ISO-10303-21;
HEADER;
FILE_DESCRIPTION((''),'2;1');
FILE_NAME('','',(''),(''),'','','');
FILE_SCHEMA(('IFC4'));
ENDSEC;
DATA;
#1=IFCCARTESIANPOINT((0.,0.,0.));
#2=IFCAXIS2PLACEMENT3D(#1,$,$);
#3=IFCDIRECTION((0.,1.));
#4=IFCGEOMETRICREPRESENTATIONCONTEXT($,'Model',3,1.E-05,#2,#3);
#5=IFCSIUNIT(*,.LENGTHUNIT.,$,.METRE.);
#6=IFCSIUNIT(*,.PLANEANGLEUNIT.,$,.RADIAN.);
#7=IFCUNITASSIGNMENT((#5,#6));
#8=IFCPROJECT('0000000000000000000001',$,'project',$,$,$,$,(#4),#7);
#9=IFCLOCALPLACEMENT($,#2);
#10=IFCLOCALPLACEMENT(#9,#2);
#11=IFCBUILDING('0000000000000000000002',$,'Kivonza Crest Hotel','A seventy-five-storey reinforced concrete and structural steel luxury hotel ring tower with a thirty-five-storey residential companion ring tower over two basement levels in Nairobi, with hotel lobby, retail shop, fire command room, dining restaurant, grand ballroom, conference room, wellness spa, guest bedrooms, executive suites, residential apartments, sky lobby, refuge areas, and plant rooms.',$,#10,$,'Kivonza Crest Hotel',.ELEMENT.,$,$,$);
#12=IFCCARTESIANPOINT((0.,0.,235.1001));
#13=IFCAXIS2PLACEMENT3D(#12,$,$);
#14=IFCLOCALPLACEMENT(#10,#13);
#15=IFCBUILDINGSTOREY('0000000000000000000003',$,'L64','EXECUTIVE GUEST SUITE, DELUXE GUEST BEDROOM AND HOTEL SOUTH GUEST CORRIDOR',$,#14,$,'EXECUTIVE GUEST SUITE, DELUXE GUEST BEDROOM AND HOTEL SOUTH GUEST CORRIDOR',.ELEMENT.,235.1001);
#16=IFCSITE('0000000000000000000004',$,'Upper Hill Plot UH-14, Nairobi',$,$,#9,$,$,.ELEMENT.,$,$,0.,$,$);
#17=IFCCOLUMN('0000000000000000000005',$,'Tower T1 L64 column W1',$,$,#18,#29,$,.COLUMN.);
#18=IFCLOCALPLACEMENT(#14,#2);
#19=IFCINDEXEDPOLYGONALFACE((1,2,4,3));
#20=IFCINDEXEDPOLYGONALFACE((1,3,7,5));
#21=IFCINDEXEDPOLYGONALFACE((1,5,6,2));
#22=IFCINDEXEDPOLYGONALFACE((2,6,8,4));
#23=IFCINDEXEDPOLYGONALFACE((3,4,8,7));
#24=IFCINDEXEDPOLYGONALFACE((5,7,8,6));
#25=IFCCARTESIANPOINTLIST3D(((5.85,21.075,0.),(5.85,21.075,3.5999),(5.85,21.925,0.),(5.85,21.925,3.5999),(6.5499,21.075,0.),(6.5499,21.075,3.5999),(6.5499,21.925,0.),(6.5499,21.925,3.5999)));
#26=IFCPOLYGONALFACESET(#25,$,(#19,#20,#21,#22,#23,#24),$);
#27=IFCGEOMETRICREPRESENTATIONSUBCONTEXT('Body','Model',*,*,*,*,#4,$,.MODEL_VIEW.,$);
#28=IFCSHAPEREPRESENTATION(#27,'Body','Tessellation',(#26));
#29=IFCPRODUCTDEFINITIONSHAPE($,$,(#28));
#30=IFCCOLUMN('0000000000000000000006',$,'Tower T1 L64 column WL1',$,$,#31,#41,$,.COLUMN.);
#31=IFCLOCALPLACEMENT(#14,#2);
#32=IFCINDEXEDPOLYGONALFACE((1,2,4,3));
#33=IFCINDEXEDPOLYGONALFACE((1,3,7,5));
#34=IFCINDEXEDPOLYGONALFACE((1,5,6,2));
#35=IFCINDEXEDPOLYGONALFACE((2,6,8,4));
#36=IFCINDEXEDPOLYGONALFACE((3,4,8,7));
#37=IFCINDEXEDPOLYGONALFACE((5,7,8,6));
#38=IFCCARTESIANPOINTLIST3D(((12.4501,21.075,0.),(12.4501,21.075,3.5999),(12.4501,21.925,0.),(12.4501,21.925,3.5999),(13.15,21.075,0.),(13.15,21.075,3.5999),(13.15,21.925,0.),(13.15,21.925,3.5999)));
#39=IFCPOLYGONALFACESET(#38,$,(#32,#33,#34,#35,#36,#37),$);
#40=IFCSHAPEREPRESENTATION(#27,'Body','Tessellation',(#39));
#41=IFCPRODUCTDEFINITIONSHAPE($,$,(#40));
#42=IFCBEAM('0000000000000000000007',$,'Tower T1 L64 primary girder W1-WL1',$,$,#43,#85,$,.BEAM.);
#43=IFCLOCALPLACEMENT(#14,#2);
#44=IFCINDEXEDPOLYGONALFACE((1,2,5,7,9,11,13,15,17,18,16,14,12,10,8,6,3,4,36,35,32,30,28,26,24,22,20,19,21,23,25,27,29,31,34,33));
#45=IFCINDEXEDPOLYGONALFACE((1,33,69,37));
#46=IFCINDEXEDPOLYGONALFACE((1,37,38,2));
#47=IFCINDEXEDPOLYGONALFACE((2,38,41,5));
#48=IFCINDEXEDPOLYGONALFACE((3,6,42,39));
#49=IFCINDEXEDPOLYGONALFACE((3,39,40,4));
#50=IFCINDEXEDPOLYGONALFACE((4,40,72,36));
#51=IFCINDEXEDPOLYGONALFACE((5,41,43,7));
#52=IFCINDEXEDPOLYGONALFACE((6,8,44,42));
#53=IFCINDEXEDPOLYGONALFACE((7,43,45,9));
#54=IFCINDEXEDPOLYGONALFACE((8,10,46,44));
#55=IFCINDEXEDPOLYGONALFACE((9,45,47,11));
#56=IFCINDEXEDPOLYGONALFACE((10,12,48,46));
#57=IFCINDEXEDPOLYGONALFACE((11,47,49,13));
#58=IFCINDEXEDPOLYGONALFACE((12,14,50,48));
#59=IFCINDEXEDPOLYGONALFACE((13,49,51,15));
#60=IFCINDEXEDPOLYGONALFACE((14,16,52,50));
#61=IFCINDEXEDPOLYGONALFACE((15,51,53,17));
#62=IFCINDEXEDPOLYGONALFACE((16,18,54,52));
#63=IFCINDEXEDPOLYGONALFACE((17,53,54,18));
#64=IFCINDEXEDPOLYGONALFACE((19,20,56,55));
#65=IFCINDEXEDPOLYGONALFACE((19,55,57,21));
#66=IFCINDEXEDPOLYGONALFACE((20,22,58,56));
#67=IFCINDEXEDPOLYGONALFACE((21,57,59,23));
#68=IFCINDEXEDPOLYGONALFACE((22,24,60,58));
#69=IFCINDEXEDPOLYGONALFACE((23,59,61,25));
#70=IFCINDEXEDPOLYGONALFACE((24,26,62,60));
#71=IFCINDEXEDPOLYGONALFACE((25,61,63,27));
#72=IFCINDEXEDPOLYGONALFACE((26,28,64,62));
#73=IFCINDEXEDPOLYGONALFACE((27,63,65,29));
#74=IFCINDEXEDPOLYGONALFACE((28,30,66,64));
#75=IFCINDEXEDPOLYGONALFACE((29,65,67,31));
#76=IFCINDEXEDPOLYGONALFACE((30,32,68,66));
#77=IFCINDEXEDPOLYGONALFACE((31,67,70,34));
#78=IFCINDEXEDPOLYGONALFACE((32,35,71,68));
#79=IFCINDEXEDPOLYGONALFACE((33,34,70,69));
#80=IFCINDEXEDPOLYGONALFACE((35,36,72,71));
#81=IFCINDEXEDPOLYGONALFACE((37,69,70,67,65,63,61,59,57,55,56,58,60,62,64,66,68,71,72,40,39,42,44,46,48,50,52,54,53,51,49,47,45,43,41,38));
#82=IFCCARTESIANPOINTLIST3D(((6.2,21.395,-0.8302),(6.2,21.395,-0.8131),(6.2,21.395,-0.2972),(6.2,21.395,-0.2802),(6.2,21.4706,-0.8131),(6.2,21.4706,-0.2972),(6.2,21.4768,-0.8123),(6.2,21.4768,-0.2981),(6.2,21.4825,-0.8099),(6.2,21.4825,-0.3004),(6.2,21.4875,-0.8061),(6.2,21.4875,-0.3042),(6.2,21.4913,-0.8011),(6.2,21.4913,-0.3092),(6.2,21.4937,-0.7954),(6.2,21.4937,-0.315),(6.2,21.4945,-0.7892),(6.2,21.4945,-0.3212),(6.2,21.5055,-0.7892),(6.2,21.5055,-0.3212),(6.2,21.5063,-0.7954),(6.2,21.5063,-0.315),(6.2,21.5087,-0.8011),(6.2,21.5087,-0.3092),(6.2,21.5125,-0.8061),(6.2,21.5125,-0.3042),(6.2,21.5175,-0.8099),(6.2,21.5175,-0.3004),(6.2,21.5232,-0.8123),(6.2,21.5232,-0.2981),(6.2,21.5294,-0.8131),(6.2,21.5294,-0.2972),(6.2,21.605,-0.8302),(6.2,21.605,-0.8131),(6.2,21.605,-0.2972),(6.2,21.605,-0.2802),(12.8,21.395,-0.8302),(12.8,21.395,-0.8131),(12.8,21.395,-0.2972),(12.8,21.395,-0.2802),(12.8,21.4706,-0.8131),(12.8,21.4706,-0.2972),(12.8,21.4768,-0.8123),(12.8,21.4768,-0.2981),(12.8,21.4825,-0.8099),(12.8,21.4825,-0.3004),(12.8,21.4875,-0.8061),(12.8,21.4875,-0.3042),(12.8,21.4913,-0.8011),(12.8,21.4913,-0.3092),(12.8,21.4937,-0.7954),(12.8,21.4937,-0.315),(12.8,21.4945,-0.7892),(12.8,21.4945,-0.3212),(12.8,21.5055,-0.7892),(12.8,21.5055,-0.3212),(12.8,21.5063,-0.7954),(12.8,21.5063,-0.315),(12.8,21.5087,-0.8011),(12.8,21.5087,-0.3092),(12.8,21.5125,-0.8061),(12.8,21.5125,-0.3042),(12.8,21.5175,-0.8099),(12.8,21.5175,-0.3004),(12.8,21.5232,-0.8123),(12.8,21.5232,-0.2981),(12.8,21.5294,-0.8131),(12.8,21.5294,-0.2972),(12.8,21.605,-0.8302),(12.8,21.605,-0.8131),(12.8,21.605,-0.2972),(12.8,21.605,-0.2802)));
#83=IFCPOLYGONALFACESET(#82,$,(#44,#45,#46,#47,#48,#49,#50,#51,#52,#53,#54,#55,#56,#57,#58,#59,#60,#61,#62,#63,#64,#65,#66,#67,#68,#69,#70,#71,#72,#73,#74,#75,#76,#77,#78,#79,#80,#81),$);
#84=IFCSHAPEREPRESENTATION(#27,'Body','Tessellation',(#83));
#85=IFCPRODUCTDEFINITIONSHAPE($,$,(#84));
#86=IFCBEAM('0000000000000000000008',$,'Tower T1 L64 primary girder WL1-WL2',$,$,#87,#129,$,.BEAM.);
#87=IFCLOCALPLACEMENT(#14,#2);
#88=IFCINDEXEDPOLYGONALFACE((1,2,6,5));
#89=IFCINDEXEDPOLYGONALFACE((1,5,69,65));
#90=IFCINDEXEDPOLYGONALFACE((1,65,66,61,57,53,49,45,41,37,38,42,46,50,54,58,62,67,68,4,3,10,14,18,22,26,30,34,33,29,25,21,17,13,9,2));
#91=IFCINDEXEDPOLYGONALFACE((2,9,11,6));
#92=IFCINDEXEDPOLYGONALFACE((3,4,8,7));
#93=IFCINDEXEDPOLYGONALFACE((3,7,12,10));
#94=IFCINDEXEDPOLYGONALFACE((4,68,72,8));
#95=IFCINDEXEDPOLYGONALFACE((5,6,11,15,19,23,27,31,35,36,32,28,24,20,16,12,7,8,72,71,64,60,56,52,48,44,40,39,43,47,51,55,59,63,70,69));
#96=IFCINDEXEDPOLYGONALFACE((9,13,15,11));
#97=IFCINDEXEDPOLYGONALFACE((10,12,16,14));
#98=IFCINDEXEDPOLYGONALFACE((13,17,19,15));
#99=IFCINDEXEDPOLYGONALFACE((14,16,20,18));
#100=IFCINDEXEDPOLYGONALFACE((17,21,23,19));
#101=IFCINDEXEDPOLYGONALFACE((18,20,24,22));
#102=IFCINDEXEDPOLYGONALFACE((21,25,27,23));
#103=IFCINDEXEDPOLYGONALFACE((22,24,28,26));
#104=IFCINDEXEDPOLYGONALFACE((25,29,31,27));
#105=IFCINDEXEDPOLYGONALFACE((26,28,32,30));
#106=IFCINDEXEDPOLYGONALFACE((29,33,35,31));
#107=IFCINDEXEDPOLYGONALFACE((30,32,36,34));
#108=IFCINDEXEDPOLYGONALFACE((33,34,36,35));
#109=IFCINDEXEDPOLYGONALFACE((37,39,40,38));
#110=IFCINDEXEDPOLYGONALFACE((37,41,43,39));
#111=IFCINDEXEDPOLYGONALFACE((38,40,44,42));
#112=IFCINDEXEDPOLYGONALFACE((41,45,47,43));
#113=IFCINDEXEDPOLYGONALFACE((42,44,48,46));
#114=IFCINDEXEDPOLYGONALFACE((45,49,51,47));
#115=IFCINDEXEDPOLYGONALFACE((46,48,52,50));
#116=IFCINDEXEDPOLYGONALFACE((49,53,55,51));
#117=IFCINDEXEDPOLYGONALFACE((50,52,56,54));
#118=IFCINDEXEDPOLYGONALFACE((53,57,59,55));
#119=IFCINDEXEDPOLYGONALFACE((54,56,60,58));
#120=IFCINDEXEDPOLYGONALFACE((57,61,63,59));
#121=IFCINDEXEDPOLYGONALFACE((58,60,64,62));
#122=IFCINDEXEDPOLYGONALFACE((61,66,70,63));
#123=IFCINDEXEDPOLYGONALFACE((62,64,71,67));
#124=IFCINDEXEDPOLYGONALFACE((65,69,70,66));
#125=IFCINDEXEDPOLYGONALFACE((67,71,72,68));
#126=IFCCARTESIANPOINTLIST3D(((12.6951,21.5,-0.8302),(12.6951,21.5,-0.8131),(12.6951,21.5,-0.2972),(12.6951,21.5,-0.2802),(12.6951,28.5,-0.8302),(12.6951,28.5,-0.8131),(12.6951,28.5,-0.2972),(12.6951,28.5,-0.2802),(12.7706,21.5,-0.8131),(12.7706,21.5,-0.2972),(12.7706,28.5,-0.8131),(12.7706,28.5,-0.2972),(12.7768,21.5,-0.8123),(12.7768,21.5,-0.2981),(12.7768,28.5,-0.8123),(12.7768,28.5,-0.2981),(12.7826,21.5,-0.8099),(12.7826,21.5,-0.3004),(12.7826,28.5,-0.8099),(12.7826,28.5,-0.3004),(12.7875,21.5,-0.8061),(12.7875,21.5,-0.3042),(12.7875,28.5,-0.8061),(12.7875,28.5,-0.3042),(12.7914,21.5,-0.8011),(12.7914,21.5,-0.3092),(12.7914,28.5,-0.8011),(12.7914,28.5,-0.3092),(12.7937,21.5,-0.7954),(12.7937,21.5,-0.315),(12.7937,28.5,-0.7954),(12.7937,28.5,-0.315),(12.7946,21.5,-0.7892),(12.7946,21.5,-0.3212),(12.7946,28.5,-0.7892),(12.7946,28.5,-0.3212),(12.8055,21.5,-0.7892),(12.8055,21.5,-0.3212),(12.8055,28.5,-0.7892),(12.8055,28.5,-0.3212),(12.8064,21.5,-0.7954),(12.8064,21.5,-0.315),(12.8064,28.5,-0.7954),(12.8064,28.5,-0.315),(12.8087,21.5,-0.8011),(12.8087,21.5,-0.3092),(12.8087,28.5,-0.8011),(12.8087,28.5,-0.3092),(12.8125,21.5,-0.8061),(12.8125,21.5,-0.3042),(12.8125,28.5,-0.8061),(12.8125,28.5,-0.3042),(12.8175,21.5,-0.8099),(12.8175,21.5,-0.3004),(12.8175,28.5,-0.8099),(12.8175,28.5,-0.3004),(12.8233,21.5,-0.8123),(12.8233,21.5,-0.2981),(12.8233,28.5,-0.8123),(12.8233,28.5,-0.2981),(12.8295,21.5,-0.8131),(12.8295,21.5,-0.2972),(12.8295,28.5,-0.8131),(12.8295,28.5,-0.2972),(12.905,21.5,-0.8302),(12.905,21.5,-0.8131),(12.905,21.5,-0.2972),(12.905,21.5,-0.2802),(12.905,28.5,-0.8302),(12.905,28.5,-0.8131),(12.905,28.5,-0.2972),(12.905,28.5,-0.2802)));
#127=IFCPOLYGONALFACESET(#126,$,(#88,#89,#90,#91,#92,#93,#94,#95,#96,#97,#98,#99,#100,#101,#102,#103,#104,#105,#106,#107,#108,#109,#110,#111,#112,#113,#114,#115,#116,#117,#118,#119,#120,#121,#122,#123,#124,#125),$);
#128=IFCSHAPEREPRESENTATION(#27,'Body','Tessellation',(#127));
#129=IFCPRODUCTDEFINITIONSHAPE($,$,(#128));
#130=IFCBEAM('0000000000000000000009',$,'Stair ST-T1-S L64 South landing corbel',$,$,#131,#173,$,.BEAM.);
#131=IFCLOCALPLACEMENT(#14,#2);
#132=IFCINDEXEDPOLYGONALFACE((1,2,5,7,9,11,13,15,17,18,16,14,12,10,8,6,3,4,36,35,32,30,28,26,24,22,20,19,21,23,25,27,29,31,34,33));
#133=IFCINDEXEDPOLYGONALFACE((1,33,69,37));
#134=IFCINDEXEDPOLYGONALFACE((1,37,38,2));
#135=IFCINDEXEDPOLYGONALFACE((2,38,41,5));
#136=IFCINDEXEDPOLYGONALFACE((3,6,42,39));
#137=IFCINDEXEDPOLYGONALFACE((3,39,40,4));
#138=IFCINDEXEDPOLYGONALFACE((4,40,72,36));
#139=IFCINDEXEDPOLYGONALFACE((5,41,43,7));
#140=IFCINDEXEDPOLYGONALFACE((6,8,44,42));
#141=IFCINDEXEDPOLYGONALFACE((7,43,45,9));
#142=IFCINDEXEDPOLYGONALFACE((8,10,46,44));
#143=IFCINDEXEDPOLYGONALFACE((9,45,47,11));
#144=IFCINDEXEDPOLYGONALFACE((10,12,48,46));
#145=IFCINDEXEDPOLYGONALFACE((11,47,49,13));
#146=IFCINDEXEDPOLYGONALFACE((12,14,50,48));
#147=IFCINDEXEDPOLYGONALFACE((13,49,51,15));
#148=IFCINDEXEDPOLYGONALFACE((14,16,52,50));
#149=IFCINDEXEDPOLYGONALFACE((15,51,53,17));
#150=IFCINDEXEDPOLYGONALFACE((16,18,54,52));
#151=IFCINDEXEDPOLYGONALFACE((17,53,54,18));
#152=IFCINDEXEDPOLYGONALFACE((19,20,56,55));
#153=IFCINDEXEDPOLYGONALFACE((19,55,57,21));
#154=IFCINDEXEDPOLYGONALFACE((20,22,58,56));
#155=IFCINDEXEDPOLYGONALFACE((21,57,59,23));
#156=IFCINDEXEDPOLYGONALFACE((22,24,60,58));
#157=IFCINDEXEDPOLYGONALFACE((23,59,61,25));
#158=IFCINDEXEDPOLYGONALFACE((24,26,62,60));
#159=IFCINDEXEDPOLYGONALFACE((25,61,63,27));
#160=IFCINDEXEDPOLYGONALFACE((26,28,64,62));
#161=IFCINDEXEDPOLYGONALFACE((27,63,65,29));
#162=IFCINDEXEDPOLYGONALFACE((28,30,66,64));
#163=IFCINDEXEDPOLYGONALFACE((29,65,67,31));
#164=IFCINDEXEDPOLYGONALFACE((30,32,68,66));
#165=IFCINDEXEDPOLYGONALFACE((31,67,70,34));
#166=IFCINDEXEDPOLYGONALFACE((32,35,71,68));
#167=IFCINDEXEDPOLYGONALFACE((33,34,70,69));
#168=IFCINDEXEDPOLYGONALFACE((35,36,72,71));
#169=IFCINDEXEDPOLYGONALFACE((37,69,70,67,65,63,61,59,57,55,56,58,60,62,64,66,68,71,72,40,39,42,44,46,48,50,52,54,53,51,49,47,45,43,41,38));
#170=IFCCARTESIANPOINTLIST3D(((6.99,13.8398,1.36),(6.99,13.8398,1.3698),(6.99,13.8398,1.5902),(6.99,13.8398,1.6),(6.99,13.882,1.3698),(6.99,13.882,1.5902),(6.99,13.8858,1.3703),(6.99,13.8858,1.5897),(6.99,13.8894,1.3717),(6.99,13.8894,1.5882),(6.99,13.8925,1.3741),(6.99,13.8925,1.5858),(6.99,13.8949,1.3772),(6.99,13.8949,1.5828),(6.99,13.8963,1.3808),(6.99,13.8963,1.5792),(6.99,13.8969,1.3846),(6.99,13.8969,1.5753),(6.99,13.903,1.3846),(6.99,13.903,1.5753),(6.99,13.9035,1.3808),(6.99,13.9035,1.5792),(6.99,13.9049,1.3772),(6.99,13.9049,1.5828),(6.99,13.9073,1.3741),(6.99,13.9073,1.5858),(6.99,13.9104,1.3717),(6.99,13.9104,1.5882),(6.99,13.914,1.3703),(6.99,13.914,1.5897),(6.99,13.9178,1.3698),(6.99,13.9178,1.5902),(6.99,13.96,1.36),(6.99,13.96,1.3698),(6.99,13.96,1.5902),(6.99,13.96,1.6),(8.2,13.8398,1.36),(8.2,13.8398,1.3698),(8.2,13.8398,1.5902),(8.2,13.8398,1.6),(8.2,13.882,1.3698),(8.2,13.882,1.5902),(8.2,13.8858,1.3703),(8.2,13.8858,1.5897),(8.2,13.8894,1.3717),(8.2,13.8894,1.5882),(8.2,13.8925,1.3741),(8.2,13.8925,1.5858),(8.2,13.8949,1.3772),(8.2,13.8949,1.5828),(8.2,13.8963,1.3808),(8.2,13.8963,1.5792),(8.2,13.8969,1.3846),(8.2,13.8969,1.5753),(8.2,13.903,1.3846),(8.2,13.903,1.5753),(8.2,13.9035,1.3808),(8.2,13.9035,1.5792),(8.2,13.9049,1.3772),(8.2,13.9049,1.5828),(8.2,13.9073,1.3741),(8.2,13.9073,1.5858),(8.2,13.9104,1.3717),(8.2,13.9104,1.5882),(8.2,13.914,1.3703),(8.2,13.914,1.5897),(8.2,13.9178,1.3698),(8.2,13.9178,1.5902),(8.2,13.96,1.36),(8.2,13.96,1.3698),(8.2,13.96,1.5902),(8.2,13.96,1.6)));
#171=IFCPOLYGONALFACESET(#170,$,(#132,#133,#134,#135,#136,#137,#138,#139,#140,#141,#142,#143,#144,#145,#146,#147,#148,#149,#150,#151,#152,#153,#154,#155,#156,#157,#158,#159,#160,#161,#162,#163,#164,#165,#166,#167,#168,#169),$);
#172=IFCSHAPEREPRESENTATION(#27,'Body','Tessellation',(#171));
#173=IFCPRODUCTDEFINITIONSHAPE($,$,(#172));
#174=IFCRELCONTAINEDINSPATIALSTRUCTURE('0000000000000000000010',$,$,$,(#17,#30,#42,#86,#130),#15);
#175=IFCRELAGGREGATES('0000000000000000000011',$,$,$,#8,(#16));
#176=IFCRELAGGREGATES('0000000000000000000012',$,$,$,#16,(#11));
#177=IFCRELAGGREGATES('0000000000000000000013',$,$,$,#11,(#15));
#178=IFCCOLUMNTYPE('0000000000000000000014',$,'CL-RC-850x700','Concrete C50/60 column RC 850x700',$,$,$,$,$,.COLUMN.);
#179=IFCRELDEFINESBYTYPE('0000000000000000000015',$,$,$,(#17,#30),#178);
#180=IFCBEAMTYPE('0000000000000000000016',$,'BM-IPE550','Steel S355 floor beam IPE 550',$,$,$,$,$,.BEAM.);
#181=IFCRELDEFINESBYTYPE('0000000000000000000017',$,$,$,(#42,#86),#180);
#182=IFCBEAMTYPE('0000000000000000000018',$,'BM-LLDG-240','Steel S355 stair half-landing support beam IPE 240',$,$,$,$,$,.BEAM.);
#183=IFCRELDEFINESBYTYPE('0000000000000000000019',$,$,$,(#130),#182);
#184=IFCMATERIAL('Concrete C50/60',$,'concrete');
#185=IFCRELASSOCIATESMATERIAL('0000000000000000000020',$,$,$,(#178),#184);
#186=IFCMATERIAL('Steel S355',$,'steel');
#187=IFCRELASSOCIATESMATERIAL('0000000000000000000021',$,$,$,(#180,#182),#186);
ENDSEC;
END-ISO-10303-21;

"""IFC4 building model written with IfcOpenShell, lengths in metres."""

from ifc_helpers import new_model, si_unit, direction, frame, origin, origin_2d, place, context, subcontext, project, spatial, rectangle, i_section, extrude, material, material_profile, profile_set, type_object, element, save


model = new_model("IFC4")

# Units and contexts
model_context = context("Model", 3, precision=1e-05, world=origin(), true_north=direction((0.0, 1.0)))
body_context = subcontext(model_context, "Body", "Model", "MODEL_VIEW")
ifc_project = project(units=[si_unit("LENGTHUNIT", "METRE"), si_unit("PLANEANGLEUNIT", "RADIAN")], contexts=[model_context])

# Site, building, storey
site_placement = place(None, origin())
site = spatial("IfcSite", under=ifc_project, at=site_placement, Name="Upper Hill Plot UH-14, Nairobi", CompositionType="ELEMENT", RefElevation=0.0)
building_placement = place(site_placement, origin())
building = spatial("IfcBuilding", under=site, at=building_placement, Name="Kivonza Crest Hotel", Description="A seventy-five-storey reinforced concrete and structural steel luxury hotel ring tower with a thirty-five-storey residential companion ring tower over two basement levels in Nairobi, with hotel lobby, retail shop, fire command room, dining restaurant, grand ballroom, conference room, wellness spa, guest bedrooms, executive suites, residential apartments, sky lobby, refuge areas, and plant rooms.", LongName="Kivonza Crest Hotel", CompositionType="ELEMENT")
storey_placement = place(building_placement, frame((0.0, 0.0, 235.1001)))
storey = spatial("IfcBuildingStorey", under=building, at=storey_placement, Name="L64", Description="EXECUTIVE GUEST SUITE, DELUXE GUEST BEDROOM AND HOTEL SOUTH GUEST CORRIDOR", LongName="EXECUTIVE GUEST SUITE, DELUXE GUEST BEDROOM AND HOTEL SOUTH GUEST CORRIDOR", CompositionType="ELEMENT", Elevation=235.1001)

# Columns
ifc_material_1 = material(Name="Concrete C50/60", Category="concrete")
ifc_material_profile_1 = material_profile(ifc_material_1, rectangle(XDim=0.7, YDim=0.8501, at=origin_2d()), Name="RC 850x700")
ifc_profile_set_1 = profile_set([ifc_material_profile_1], Name="Concrete C50/60")
column_type = type_object("IfcColumnType", Name="CL-RC-850x700", Description="Concrete C50/60 column RC 850x700", PredefinedType="COLUMN", material=ifc_profile_set_1)
for number, where, z_axis, x_axis, name in (
    (1, (6.2, 21.5, 0.0), (0.0, 0.0, 1.0), (1.0, 0.0, 0.0), "Tower T1 L64 column W1"),
    (2, (12.8, 21.5, 0.0), (0.0, 0.0, 1.0), (1.0, 0.0, 0.0), "Tower T1 L64 column WL1"),
):
    element("IfcColumn", number, at=place(storey_placement, frame(where, z_axis=z_axis, x_axis=x_axis)), inside=storey, type_object=column_type, Name=name, PredefinedType="COLUMN", context=body_context, shape_type="SweptSolid", body=[
        extrude(rectangle(XDim=0.7, YDim=0.8501, at=origin_2d()), origin(), (0.0, 0.0, 1.0), 3.5999),
    ])

# Beams
ifc_material_2 = material(Name="Steel S355", Category="steel")
ifc_material_profile_2 = material_profile(ifc_material_2, i_section(OverallWidth=0.21, OverallDepth=0.55, WebThickness=0.011, FlangeThickness=0.0171, FilletRadius=0.0239, at=origin_2d()), Name="IPE 550")
ifc_profile_set_2 = profile_set([ifc_material_profile_2], Name="Steel S355")
beam_type_1 = type_object("IfcBeamType", Name="BM-IPE550", Description="Steel S355 floor beam IPE 550", PredefinedType="BEAM", material=ifc_profile_set_2)
beam_1_placement = place(storey_placement, frame((6.2, 21.5, -0.5552), z_axis=(1.0, 0.0, 0.0), x_axis=(0.0, 1.0, 0.0)))
element("IfcBeam", 3, at=beam_1_placement, inside=storey, type_object=beam_type_1, Name="Tower T1 L64 primary girder W1-WL1", PredefinedType="BEAM", context=body_context, shape_type="SweptSolid", body=[
    extrude(i_section(OverallWidth=0.21, OverallDepth=0.55, WebThickness=0.011, FlangeThickness=0.0171, FilletRadius=0.0239, at=origin_2d()), origin(), (0.0, 0.0, 1.0), 6.6001),
])
beam_2_placement = place(storey_placement, frame((12.8, 21.5, -0.5552), z_axis=(0.0, 1.0, 0.0), x_axis=(-1.0, 0.0, 0.0)))
element("IfcBeam", 4, at=beam_2_placement, inside=storey, type_object=beam_type_1, Name="Tower T1 L64 primary girder WL1-WL2", PredefinedType="BEAM", context=body_context, shape_type="SweptSolid", body=[
    extrude(i_section(OverallWidth=0.21, OverallDepth=0.55, WebThickness=0.011, FlangeThickness=0.0171, FilletRadius=0.0239, at=origin_2d()), origin(), (0.0, 0.0, 1.0), 7.0),
])
ifc_material_profile_3 = material_profile(ifc_material_2, i_section(OverallWidth=0.1201, OverallDepth=0.24, WebThickness=0.0061, FlangeThickness=0.0098, FilletRadius=0.0149, at=origin_2d()), Name="IPE 240")
ifc_profile_set_3 = profile_set([ifc_material_profile_3], Name="Steel S355")
beam_type_2 = type_object("IfcBeamType", Name="BM-LLDG-240", Description="Steel S355 stair half-landing support beam IPE 240", PredefinedType="BEAM", material=ifc_profile_set_3)
for number, where, z_axis, x_axis, name in (
    (5, (6.99, 13.8999, 1.48), (1.0, 0.0, 0.0), (0.0, 1.0, 0.0), "Stair ST-T1-S L64 South landing corbel"),
):
    element("IfcBeam", number, at=place(storey_placement, frame(where, z_axis=z_axis, x_axis=x_axis)), inside=storey, type_object=beam_type_2, Name=name, PredefinedType="BEAM", context=body_context, shape_type="SweptSolid", body=[
        extrude(i_section(OverallWidth=0.1201, OverallDepth=0.24, WebThickness=0.0061, FlangeThickness=0.0098, FilletRadius=0.0149, at=origin_2d()), origin(), (0.0, 0.0, 1.0), 1.21),
    ])

save(model, "model.ifc")
